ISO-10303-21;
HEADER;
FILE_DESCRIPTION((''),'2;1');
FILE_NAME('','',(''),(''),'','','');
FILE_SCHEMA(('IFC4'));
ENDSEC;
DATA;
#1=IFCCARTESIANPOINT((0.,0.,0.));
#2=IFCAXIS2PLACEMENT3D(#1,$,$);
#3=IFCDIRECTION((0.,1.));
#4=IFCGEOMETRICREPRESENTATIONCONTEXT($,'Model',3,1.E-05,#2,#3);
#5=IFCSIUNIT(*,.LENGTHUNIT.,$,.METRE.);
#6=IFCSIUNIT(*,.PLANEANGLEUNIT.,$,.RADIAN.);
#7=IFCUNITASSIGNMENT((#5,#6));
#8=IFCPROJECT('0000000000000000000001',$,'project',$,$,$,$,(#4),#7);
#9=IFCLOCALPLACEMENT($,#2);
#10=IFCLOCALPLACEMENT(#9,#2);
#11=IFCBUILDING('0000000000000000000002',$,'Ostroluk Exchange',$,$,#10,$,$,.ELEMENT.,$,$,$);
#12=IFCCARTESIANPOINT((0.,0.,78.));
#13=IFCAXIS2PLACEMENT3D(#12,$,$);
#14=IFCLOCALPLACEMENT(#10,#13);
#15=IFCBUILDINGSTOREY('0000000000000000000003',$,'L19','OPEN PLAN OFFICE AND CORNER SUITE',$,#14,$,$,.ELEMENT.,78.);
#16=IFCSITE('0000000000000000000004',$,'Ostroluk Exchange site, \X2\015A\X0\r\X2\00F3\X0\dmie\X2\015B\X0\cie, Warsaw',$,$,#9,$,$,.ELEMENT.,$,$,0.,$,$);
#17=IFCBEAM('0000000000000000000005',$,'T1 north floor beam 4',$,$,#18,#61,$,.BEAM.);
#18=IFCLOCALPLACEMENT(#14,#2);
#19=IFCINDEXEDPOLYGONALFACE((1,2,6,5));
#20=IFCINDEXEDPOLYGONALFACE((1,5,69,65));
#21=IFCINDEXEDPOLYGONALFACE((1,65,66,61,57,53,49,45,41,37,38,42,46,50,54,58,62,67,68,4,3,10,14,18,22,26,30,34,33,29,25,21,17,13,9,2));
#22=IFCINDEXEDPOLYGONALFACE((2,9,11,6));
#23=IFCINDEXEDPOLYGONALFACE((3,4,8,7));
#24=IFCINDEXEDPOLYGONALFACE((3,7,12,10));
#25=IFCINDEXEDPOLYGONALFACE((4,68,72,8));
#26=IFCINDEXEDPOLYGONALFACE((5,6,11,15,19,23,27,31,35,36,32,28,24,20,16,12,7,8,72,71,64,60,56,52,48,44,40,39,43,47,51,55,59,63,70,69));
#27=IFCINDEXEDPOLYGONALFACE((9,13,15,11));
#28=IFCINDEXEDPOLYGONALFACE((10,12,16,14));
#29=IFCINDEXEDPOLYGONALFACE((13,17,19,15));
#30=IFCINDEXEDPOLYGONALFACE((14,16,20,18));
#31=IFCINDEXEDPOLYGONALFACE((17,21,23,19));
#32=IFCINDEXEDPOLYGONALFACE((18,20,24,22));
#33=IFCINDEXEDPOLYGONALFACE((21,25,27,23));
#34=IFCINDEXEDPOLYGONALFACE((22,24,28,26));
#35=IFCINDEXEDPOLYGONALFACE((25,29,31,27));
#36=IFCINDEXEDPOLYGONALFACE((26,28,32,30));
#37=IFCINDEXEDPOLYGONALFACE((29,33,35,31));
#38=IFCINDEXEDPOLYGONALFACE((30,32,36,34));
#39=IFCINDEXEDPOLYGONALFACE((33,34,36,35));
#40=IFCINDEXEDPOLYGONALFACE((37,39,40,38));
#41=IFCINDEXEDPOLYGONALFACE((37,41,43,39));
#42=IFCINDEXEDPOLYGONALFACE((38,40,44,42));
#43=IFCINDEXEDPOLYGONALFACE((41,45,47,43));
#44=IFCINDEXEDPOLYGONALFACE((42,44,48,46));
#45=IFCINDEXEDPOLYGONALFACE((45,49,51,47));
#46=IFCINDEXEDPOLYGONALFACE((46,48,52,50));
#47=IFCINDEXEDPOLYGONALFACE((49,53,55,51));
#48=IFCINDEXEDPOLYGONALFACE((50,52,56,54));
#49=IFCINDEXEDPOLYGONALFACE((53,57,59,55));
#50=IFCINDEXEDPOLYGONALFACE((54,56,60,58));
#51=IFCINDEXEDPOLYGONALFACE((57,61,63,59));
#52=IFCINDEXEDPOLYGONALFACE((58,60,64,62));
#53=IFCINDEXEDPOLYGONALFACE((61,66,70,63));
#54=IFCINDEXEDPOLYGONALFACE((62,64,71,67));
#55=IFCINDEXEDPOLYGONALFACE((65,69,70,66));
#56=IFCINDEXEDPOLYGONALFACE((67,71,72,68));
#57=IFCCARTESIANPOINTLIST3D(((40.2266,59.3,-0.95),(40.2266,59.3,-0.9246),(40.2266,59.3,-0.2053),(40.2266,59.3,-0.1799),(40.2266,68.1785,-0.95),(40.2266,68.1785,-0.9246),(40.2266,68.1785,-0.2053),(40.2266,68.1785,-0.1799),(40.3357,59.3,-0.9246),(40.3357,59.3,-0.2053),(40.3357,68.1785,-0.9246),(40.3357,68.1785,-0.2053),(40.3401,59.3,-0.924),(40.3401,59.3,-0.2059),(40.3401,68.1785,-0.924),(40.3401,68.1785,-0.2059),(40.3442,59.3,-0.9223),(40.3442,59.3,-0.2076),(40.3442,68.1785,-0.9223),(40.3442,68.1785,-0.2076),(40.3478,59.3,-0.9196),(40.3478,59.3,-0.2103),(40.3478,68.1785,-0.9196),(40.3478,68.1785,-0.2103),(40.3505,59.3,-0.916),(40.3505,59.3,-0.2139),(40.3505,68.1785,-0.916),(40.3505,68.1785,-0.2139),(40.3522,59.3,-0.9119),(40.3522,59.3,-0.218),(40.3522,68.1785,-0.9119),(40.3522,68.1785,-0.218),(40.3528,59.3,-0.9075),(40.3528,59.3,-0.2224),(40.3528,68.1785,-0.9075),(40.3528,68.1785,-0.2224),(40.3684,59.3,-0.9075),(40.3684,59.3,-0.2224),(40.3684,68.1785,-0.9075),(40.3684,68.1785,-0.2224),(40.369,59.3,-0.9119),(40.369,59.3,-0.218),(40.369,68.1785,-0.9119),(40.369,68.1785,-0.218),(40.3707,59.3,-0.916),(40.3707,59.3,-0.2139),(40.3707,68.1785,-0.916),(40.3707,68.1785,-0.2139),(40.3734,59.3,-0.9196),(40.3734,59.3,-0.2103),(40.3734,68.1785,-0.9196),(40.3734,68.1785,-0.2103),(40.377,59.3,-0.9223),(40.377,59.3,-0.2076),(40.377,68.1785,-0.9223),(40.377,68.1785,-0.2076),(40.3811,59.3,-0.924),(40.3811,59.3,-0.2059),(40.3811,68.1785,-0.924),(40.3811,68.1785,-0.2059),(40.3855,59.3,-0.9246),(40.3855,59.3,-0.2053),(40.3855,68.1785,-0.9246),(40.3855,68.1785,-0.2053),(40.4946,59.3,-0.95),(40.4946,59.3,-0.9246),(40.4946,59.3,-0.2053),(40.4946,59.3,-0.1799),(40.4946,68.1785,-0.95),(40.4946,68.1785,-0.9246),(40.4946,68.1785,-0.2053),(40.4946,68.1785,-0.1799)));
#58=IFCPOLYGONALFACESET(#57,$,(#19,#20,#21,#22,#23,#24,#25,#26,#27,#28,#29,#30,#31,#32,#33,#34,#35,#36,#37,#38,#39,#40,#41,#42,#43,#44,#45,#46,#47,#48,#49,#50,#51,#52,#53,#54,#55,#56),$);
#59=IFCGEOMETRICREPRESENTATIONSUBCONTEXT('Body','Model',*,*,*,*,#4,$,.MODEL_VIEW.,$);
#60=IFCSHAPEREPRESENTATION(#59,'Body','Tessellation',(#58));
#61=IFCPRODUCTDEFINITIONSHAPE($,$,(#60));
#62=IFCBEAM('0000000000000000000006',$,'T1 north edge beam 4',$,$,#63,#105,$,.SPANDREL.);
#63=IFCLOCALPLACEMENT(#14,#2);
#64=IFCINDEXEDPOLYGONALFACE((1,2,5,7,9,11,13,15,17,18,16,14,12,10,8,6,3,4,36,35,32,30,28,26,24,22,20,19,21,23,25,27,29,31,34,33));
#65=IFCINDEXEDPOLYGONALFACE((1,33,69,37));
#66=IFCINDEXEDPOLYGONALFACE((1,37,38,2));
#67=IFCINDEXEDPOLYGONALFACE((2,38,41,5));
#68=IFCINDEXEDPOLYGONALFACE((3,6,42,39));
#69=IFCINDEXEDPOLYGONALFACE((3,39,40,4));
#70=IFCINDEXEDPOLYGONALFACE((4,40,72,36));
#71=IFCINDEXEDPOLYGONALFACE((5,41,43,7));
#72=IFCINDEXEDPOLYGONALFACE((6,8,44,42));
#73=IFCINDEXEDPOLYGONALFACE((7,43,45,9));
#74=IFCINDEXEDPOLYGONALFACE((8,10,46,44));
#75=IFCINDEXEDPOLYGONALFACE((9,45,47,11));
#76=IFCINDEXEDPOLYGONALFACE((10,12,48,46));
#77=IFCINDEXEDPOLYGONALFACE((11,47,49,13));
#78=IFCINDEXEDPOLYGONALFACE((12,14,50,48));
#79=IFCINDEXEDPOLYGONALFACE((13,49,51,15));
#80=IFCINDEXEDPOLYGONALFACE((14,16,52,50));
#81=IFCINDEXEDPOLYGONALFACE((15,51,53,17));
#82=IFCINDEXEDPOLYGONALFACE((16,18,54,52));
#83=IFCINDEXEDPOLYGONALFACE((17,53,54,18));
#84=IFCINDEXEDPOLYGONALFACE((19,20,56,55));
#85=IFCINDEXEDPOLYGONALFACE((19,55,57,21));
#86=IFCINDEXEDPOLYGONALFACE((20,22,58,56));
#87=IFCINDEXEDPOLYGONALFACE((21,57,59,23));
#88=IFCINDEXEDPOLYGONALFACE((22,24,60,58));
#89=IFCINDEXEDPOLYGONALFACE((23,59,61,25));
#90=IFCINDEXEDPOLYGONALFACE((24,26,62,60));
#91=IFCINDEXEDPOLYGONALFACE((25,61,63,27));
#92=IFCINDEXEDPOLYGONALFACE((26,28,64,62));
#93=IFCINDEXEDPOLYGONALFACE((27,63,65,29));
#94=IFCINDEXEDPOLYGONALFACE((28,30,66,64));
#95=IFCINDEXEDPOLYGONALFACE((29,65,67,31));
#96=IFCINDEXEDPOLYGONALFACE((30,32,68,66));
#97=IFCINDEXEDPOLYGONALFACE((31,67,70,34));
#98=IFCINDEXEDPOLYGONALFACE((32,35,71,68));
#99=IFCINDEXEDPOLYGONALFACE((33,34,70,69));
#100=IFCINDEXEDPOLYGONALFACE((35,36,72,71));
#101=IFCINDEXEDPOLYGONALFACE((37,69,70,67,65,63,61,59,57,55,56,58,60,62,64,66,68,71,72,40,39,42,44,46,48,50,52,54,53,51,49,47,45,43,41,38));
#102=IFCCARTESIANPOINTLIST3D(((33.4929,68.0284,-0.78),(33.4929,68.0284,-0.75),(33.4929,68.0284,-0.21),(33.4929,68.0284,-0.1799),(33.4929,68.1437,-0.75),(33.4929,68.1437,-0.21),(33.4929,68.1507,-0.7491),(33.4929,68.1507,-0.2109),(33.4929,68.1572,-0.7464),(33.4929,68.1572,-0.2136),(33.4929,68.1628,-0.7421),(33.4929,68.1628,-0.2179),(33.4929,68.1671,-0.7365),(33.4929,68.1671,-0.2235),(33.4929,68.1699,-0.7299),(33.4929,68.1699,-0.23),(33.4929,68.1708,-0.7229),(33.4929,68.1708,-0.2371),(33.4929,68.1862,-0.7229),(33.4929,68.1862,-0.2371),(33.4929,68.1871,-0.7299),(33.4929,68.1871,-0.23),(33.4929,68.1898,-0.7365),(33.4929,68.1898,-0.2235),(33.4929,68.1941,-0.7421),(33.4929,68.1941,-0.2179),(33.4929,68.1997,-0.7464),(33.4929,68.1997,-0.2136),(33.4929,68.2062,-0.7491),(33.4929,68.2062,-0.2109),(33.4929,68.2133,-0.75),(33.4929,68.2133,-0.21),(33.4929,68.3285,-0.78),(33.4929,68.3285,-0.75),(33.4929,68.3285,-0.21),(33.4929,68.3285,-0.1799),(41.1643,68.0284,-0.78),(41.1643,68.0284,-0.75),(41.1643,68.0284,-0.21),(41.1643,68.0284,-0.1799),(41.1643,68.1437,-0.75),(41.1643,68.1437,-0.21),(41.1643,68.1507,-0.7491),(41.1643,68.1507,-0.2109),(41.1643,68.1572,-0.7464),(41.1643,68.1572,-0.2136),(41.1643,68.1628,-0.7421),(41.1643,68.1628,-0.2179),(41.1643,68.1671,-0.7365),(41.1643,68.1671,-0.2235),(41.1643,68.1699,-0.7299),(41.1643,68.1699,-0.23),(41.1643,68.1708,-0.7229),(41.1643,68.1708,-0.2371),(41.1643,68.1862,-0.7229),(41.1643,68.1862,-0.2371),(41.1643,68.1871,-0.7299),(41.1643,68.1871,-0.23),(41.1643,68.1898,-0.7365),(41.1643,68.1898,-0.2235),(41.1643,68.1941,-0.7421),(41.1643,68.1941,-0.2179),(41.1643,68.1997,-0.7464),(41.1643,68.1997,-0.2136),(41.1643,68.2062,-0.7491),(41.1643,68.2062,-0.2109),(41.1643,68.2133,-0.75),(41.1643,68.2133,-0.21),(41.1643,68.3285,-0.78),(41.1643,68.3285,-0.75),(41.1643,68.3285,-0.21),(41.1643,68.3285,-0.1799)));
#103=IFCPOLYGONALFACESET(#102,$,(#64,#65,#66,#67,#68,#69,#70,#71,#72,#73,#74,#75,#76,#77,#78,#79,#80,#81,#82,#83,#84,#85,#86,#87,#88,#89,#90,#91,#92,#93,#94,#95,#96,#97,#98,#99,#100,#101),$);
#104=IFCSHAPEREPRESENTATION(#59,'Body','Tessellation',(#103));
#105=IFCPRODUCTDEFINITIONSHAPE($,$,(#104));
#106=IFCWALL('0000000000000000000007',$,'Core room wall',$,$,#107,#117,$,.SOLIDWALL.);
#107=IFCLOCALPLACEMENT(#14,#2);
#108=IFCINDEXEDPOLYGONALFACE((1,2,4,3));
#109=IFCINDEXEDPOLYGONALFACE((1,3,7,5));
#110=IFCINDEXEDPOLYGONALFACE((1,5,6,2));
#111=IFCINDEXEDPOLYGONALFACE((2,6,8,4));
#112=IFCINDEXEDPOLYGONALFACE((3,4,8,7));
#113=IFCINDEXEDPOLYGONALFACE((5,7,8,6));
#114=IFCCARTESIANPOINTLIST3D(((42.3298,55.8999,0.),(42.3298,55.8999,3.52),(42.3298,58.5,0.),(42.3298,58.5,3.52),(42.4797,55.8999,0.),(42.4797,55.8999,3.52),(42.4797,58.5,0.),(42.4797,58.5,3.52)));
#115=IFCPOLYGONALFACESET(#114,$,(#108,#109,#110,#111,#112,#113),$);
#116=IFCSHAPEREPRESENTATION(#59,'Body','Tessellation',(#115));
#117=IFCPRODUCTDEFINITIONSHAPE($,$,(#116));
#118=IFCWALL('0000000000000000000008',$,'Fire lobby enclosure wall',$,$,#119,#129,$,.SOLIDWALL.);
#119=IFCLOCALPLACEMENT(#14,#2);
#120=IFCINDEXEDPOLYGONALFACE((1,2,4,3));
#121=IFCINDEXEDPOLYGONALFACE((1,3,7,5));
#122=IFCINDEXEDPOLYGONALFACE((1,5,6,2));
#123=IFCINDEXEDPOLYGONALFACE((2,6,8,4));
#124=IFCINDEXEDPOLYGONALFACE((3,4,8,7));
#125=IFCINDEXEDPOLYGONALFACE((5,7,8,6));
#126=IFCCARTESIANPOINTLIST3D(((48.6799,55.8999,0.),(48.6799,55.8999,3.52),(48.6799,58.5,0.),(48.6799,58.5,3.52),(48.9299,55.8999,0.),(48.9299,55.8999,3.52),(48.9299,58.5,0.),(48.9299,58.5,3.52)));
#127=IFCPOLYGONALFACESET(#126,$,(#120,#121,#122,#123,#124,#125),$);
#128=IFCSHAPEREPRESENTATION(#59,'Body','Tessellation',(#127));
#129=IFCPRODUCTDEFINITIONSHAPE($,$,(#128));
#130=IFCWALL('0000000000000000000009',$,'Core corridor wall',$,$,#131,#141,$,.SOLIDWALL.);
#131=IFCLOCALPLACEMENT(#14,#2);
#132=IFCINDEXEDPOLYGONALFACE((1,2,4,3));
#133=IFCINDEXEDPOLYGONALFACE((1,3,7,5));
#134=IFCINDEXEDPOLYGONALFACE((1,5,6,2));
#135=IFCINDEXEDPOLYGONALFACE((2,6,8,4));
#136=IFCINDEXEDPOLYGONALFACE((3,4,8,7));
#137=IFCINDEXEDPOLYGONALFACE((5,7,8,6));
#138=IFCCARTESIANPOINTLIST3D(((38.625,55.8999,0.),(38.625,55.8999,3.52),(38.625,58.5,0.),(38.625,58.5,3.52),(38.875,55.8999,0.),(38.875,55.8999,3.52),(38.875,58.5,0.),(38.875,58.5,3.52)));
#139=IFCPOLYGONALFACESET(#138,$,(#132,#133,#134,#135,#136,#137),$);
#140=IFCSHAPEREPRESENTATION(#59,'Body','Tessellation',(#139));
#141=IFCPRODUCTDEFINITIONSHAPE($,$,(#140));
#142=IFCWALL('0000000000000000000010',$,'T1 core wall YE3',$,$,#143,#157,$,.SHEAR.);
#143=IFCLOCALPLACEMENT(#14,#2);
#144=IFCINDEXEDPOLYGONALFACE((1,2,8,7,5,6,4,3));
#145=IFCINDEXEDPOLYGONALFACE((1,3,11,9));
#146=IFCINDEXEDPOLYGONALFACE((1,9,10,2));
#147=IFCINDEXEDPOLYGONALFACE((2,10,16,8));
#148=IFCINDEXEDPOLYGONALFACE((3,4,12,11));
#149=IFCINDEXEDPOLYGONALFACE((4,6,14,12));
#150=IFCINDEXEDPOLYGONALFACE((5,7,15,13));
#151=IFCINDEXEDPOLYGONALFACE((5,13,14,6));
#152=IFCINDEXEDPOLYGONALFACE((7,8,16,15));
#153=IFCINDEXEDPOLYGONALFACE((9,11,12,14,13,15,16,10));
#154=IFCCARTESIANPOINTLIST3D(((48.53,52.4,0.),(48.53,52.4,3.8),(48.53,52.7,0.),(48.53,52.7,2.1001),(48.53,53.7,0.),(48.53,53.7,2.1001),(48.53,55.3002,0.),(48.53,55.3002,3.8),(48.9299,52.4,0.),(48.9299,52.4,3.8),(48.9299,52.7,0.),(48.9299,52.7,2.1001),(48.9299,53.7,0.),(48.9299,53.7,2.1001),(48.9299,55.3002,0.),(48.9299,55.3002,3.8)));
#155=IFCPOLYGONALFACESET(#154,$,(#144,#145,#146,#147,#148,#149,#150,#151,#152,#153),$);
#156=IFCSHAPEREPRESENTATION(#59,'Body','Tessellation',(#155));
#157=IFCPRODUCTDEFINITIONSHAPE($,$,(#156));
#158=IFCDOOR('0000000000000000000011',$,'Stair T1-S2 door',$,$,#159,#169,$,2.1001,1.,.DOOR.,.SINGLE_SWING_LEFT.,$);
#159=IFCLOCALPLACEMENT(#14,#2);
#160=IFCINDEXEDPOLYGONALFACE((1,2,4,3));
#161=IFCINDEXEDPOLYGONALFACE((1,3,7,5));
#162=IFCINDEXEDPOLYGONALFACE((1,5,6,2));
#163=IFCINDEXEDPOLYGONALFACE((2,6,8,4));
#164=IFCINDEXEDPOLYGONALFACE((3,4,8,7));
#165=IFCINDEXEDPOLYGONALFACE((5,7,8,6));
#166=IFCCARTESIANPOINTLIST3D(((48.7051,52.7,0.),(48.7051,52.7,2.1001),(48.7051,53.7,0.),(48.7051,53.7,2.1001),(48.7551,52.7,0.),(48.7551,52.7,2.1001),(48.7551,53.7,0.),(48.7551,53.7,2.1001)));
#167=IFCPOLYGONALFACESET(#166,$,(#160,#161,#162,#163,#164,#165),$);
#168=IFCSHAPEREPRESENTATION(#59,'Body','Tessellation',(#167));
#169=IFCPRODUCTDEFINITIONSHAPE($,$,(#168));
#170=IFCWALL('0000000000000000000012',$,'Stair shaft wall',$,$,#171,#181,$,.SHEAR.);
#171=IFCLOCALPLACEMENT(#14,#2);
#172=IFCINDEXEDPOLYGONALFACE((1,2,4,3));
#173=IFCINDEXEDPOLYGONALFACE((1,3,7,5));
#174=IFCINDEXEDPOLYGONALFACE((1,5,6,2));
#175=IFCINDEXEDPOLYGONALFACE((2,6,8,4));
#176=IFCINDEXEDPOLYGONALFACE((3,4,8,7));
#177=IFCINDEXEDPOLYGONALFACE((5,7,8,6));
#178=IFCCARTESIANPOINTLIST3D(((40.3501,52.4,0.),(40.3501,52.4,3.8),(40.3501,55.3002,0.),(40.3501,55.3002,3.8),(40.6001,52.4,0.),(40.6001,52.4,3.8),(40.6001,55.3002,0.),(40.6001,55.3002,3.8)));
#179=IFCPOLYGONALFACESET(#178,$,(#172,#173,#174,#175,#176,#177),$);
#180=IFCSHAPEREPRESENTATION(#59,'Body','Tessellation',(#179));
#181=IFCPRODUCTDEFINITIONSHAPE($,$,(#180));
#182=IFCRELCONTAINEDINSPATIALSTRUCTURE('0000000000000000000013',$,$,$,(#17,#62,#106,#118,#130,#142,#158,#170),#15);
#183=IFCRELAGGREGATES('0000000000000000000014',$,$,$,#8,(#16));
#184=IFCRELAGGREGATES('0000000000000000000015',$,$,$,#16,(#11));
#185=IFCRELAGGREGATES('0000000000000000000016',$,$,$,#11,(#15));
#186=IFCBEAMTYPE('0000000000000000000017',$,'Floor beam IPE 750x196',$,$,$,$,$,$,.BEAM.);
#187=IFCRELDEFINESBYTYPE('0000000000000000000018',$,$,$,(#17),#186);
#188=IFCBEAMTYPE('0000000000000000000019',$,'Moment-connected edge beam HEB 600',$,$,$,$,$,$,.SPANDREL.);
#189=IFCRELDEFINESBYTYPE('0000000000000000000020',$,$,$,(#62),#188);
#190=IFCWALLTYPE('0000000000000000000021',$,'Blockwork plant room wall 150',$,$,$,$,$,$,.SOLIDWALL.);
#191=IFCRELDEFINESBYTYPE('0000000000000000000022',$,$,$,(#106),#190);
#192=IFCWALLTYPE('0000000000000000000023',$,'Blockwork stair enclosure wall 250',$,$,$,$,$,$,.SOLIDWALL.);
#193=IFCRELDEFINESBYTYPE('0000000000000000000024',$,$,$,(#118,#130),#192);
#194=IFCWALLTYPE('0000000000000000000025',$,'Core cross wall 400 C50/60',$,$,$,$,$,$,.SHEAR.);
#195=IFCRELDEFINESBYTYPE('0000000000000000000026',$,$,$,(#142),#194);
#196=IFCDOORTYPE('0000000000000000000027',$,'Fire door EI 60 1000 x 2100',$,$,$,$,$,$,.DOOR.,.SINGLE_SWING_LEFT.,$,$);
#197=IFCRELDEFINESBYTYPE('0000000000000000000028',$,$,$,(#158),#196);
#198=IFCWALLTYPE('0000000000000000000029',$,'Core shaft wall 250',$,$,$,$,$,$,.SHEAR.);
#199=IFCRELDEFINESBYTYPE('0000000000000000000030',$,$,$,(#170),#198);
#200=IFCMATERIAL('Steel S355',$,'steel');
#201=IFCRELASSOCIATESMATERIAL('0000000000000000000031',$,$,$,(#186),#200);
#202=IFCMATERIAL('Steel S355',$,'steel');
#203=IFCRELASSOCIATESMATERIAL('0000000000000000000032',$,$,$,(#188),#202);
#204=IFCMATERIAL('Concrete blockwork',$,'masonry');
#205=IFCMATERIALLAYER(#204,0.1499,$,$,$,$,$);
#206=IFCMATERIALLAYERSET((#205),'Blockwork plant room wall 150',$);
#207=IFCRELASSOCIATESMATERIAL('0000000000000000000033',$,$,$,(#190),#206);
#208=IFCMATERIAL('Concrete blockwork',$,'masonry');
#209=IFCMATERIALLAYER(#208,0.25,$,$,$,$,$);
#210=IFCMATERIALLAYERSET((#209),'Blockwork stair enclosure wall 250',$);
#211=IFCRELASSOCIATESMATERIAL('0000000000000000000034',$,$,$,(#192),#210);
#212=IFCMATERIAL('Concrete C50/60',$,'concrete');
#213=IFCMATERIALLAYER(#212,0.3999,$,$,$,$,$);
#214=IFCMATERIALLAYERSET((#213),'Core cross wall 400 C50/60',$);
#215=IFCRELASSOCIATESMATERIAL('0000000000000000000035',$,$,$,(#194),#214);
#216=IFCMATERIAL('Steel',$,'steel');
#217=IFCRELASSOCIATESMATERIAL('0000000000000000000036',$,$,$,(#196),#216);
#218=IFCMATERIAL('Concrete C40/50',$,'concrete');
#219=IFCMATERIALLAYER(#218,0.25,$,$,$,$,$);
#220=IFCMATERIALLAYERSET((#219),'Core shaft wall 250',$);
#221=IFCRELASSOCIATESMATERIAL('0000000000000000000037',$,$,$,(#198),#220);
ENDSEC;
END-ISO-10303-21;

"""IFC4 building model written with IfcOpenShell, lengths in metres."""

from ifc_helpers import new_model, si_unit, direction, frame, frame_2d, origin, origin_2d, place, context, subcontext, project, spatial, rectangle, i_section, extrude, material, layer, layer_set, material_profile, profile_set, type_object, element, fill, save


model = new_model("IFC4")

# Units and contexts
model_context = context("Model", 3, precision=1e-05, world=origin(), true_north=direction((0.0, 1.0)))
body_context = subcontext(model_context, "Body", "Model", "MODEL_VIEW")
ifc_project = project(units=[si_unit("LENGTHUNIT", "METRE"), si_unit("PLANEANGLEUNIT", "RADIAN")], contexts=[model_context])

# Site, building, storey
site_placement = place(None, origin())
site = spatial("IfcSite", under=ifc_project, at=site_placement, Name="Ostroluk Exchange site, Śródmieście, Warsaw", CompositionType="ELEMENT", RefElevation=0.0)
building_placement = place(site_placement, origin())
building = spatial("IfcBuilding", under=site, at=building_placement, Name="Ostroluk Exchange", CompositionType="ELEMENT")
storey_placement = place(building_placement, frame((0.0, 0.0, 78.0)))
storey = spatial("IfcBuildingStorey", under=building, at=storey_placement, Name="L19", Description="OPEN PLAN OFFICE AND CORNER SUITE", CompositionType="ELEMENT", Elevation=78.0)

# Beams
ifc_material_1 = material(Name="Steel S355", Category="steel")
ifc_material_profile_1 = material_profile(ifc_material_1, i_section(OverallWidth=0.2681, OverallDepth=0.77, WebThickness=0.0156, FlangeThickness=0.0254, FilletRadius=0.0171, at=origin_2d()), Name="IPE 750x196")
ifc_profile_set_1 = profile_set([ifc_material_profile_1], Name="Steel S355")
beam_type_1 = type_object("IfcBeamType", Name="Floor beam IPE 750x196", PredefinedType="BEAM", material=ifc_profile_set_1)
for number, where, z_axis, x_axis, name in (
    (1, (40.3606, 59.3, -0.5649), (0.0, 1.0, 0.0), (-1.0, 0.0, 0.0), "T1 north floor beam 4"),
):
    element("IfcBeam", number, at=place(storey_placement, frame(where, z_axis=z_axis, x_axis=x_axis)), inside=storey, type_object=beam_type_1, Name=name, PredefinedType="BEAM", context=body_context, shape_type="SweptSolid", body=[
        extrude(i_section(OverallWidth=0.2681, OverallDepth=0.77, WebThickness=0.0156, FlangeThickness=0.0254, FilletRadius=0.0171, at=origin_2d()), origin(), (0.0, 0.0, 1.0), 8.8784),
    ])
ifc_material_2 = material(Name="Steel S355", Category="steel")
ifc_material_profile_2 = material_profile(ifc_material_2, i_section(OverallWidth=0.3, OverallDepth=0.6001, WebThickness=0.0154, FlangeThickness=0.03, FilletRadius=0.0271, at=origin_2d()), Name="HEB 600")
ifc_profile_set_2 = profile_set([ifc_material_profile_2], Name="Steel S355")
beam_type_2 = type_object("IfcBeamType", Name="Moment-connected edge beam HEB 600", PredefinedType="SPANDREL", material=ifc_profile_set_2)
beam_placement = place(storey_placement, frame((41.1643, 68.1785, -0.48), z_axis=(-1.0, 0.0, 0.0), x_axis=(0.0, -1.0, 0.0)))
element("IfcBeam", 2, at=beam_placement, inside=storey, type_object=beam_type_2, Name="T1 north edge beam 4", PredefinedType="SPANDREL", context=body_context, shape_type="SweptSolid", body=[
    extrude(i_section(OverallWidth=0.3, OverallDepth=0.6001, WebThickness=0.0154, FlangeThickness=0.03, FilletRadius=0.0271, at=origin_2d()), origin(), (0.0, 0.0, 1.0), 7.6714),
])

# Walls
ifc_material_3 = material(Name="Concrete blockwork", Category="masonry")
ifc_layer_1 = layer(ifc_material_3, 0.1499)
ifc_layer_set_1 = layer_set([ifc_layer_1], Name="Blockwork plant room wall 150")
wall_type_1 = type_object("IfcWallType", Name="Blockwork plant room wall 150", PredefinedType="SOLIDWALL", material=ifc_layer_set_1)
wall_1_placement = place(storey_placement, frame((42.4048, 55.8999, 0.0), z_axis=(0.0, 0.0, 1.0), x_axis=(0.0, 1.0, 0.0)))
element("IfcWall", 3, at=wall_1_placement, inside=storey, type_object=wall_type_1, Name="Core room wall", PredefinedType="SOLIDWALL", context=body_context, shape_type="SweptSolid", body=[
    extrude(rectangle(XDim=2.6001, YDim=0.1499, at=frame_2d((1.3, 0.0))), origin(), (0.0, 0.0, 1.0), 3.52),
])
ifc_material_4 = material(Name="Concrete blockwork", Category="masonry")
ifc_layer_2 = layer(ifc_material_4, 0.25)
ifc_layer_set_2 = layer_set([ifc_layer_2], Name="Blockwork stair enclosure wall 250")
wall_type_2 = type_object("IfcWallType", Name="Blockwork stair enclosure wall 250", PredefinedType="SOLIDWALL", material=ifc_layer_set_2)
for number, where, z_axis, x_axis, name in (
    (4, (48.8049, 55.8999, 0.0), (0.0, 0.0, 1.0), (0.0, 1.0, 0.0), "Fire lobby enclosure wall"),
    (5, (38.75, 55.8999, 0.0), (0.0, 0.0, 1.0), (0.0, 1.0, 0.0), "Core corridor wall"),
):
    element("IfcWall", number, at=place(storey_placement, frame(where, z_axis=z_axis, x_axis=x_axis)), inside=storey, type_object=wall_type_2, Name=name, PredefinedType="SOLIDWALL", context=body_context, shape_type="SweptSolid", body=[
        extrude(rectangle(XDim=2.6001, YDim=0.25, at=frame_2d((1.3, 0.0))), origin(), (0.0, 0.0, 1.0), 3.52),
    ])

# Wall, opening, door
ifc_material_5 = material(Name="Concrete C50/60", Category="concrete")
ifc_layer_3 = layer(ifc_material_5, 0.3999)
ifc_layer_set_3 = layer_set([ifc_layer_3], Name="Core cross wall 400 C50/60")
wall_type_3 = type_object("IfcWallType", Name="Core cross wall 400 C50/60", PredefinedType="SHEAR", material=ifc_layer_set_3)
wall_2_placement = place(storey_placement, frame((48.73, 52.3999, 0.0), z_axis=(0.0, 0.0, 1.0), x_axis=(0.0, 1.0, 0.0)))
wall_2 = element("IfcWall", 6, at=wall_2_placement, inside=storey, type_object=wall_type_3, Name="T1 core wall YE3", PredefinedType="SHEAR", context=body_context, shape_type="SweptSolid", body=[
    extrude(rectangle(XDim=2.9001, YDim=0.3999, at=frame_2d((1.4502, 0.0))), origin(), (0.0, 0.0, 1.0), 3.8),
])
opening_1_placement = place(wall_2_placement, frame((0.3, 0.0, 0.0)))
opening_1 = element("IfcOpeningElement", 7, at=opening_1_placement, cuts=wall_2, PredefinedType="OPENING", context=body_context, shape_type="SweptSolid", body=[
    extrude(rectangle(XDim=1.0, YDim=2.1001, at=frame_2d((0.5, 1.05))), frame((0.0, 0.21, 0.0), z_axis=(0.0, -1.0, 0.0), x_axis=(1.0, 0.0, 0.0)), (0.0, 0.0, 1.0), 0.4199),
])
ifc_material_6 = material(Name="Steel", Category="steel")
door_type_1 = type_object("IfcDoorType", Name="Fire door EI 60 1000 x 2100", OperationType="SINGLE_SWING_LEFT", PredefinedType="DOOR", material=ifc_material_6)
door_1_placement = place(opening_1_placement, origin())
door_1 = element("IfcDoor", 8, at=door_1_placement, inside=storey, type_object=door_type_1, Name="Stair T1-S2 door", OperationType="SINGLE_SWING_LEFT", OverallHeight=2.1001, OverallWidth=1.0, PredefinedType="DOOR", context=body_context, shape_type="SweptSolid", body=[
    extrude(rectangle(XDim=1.0, YDim=2.1001, at=frame_2d((0.5, 1.05))), frame((0.0, 0.0249, 0.0), z_axis=(0.0, -1.0, 0.0), x_axis=(1.0, 0.0, 0.0)), (0.0, 0.0, 1.0), 0.05),
])
fill(opening_1, door_1)

# Wall
ifc_material_7 = material(Name="Concrete C40/50", Category="concrete")
ifc_layer_4 = layer(ifc_material_7, 0.25)
ifc_layer_set_4 = layer_set([ifc_layer_4], Name="Core shaft wall 250")
wall_type_4 = type_object("IfcWallType", Name="Core shaft wall 250", PredefinedType="SHEAR", material=ifc_layer_set_4)
wall_3_placement = place(storey_placement, frame((40.4751, 52.3999, 0.0), z_axis=(0.0, 0.0, 1.0), x_axis=(0.0, 1.0, 0.0)))
element("IfcWall", 9, at=wall_3_placement, inside=storey, type_object=wall_type_4, Name="Stair shaft wall", PredefinedType="SHEAR", context=body_context, shape_type="SweptSolid", body=[
    extrude(rectangle(XDim=2.9001, YDim=0.25, at=frame_2d((1.4502, 0.0))), origin(), (0.0, 0.0, 1.0), 3.8),
])

save(model, "model.ifc")
